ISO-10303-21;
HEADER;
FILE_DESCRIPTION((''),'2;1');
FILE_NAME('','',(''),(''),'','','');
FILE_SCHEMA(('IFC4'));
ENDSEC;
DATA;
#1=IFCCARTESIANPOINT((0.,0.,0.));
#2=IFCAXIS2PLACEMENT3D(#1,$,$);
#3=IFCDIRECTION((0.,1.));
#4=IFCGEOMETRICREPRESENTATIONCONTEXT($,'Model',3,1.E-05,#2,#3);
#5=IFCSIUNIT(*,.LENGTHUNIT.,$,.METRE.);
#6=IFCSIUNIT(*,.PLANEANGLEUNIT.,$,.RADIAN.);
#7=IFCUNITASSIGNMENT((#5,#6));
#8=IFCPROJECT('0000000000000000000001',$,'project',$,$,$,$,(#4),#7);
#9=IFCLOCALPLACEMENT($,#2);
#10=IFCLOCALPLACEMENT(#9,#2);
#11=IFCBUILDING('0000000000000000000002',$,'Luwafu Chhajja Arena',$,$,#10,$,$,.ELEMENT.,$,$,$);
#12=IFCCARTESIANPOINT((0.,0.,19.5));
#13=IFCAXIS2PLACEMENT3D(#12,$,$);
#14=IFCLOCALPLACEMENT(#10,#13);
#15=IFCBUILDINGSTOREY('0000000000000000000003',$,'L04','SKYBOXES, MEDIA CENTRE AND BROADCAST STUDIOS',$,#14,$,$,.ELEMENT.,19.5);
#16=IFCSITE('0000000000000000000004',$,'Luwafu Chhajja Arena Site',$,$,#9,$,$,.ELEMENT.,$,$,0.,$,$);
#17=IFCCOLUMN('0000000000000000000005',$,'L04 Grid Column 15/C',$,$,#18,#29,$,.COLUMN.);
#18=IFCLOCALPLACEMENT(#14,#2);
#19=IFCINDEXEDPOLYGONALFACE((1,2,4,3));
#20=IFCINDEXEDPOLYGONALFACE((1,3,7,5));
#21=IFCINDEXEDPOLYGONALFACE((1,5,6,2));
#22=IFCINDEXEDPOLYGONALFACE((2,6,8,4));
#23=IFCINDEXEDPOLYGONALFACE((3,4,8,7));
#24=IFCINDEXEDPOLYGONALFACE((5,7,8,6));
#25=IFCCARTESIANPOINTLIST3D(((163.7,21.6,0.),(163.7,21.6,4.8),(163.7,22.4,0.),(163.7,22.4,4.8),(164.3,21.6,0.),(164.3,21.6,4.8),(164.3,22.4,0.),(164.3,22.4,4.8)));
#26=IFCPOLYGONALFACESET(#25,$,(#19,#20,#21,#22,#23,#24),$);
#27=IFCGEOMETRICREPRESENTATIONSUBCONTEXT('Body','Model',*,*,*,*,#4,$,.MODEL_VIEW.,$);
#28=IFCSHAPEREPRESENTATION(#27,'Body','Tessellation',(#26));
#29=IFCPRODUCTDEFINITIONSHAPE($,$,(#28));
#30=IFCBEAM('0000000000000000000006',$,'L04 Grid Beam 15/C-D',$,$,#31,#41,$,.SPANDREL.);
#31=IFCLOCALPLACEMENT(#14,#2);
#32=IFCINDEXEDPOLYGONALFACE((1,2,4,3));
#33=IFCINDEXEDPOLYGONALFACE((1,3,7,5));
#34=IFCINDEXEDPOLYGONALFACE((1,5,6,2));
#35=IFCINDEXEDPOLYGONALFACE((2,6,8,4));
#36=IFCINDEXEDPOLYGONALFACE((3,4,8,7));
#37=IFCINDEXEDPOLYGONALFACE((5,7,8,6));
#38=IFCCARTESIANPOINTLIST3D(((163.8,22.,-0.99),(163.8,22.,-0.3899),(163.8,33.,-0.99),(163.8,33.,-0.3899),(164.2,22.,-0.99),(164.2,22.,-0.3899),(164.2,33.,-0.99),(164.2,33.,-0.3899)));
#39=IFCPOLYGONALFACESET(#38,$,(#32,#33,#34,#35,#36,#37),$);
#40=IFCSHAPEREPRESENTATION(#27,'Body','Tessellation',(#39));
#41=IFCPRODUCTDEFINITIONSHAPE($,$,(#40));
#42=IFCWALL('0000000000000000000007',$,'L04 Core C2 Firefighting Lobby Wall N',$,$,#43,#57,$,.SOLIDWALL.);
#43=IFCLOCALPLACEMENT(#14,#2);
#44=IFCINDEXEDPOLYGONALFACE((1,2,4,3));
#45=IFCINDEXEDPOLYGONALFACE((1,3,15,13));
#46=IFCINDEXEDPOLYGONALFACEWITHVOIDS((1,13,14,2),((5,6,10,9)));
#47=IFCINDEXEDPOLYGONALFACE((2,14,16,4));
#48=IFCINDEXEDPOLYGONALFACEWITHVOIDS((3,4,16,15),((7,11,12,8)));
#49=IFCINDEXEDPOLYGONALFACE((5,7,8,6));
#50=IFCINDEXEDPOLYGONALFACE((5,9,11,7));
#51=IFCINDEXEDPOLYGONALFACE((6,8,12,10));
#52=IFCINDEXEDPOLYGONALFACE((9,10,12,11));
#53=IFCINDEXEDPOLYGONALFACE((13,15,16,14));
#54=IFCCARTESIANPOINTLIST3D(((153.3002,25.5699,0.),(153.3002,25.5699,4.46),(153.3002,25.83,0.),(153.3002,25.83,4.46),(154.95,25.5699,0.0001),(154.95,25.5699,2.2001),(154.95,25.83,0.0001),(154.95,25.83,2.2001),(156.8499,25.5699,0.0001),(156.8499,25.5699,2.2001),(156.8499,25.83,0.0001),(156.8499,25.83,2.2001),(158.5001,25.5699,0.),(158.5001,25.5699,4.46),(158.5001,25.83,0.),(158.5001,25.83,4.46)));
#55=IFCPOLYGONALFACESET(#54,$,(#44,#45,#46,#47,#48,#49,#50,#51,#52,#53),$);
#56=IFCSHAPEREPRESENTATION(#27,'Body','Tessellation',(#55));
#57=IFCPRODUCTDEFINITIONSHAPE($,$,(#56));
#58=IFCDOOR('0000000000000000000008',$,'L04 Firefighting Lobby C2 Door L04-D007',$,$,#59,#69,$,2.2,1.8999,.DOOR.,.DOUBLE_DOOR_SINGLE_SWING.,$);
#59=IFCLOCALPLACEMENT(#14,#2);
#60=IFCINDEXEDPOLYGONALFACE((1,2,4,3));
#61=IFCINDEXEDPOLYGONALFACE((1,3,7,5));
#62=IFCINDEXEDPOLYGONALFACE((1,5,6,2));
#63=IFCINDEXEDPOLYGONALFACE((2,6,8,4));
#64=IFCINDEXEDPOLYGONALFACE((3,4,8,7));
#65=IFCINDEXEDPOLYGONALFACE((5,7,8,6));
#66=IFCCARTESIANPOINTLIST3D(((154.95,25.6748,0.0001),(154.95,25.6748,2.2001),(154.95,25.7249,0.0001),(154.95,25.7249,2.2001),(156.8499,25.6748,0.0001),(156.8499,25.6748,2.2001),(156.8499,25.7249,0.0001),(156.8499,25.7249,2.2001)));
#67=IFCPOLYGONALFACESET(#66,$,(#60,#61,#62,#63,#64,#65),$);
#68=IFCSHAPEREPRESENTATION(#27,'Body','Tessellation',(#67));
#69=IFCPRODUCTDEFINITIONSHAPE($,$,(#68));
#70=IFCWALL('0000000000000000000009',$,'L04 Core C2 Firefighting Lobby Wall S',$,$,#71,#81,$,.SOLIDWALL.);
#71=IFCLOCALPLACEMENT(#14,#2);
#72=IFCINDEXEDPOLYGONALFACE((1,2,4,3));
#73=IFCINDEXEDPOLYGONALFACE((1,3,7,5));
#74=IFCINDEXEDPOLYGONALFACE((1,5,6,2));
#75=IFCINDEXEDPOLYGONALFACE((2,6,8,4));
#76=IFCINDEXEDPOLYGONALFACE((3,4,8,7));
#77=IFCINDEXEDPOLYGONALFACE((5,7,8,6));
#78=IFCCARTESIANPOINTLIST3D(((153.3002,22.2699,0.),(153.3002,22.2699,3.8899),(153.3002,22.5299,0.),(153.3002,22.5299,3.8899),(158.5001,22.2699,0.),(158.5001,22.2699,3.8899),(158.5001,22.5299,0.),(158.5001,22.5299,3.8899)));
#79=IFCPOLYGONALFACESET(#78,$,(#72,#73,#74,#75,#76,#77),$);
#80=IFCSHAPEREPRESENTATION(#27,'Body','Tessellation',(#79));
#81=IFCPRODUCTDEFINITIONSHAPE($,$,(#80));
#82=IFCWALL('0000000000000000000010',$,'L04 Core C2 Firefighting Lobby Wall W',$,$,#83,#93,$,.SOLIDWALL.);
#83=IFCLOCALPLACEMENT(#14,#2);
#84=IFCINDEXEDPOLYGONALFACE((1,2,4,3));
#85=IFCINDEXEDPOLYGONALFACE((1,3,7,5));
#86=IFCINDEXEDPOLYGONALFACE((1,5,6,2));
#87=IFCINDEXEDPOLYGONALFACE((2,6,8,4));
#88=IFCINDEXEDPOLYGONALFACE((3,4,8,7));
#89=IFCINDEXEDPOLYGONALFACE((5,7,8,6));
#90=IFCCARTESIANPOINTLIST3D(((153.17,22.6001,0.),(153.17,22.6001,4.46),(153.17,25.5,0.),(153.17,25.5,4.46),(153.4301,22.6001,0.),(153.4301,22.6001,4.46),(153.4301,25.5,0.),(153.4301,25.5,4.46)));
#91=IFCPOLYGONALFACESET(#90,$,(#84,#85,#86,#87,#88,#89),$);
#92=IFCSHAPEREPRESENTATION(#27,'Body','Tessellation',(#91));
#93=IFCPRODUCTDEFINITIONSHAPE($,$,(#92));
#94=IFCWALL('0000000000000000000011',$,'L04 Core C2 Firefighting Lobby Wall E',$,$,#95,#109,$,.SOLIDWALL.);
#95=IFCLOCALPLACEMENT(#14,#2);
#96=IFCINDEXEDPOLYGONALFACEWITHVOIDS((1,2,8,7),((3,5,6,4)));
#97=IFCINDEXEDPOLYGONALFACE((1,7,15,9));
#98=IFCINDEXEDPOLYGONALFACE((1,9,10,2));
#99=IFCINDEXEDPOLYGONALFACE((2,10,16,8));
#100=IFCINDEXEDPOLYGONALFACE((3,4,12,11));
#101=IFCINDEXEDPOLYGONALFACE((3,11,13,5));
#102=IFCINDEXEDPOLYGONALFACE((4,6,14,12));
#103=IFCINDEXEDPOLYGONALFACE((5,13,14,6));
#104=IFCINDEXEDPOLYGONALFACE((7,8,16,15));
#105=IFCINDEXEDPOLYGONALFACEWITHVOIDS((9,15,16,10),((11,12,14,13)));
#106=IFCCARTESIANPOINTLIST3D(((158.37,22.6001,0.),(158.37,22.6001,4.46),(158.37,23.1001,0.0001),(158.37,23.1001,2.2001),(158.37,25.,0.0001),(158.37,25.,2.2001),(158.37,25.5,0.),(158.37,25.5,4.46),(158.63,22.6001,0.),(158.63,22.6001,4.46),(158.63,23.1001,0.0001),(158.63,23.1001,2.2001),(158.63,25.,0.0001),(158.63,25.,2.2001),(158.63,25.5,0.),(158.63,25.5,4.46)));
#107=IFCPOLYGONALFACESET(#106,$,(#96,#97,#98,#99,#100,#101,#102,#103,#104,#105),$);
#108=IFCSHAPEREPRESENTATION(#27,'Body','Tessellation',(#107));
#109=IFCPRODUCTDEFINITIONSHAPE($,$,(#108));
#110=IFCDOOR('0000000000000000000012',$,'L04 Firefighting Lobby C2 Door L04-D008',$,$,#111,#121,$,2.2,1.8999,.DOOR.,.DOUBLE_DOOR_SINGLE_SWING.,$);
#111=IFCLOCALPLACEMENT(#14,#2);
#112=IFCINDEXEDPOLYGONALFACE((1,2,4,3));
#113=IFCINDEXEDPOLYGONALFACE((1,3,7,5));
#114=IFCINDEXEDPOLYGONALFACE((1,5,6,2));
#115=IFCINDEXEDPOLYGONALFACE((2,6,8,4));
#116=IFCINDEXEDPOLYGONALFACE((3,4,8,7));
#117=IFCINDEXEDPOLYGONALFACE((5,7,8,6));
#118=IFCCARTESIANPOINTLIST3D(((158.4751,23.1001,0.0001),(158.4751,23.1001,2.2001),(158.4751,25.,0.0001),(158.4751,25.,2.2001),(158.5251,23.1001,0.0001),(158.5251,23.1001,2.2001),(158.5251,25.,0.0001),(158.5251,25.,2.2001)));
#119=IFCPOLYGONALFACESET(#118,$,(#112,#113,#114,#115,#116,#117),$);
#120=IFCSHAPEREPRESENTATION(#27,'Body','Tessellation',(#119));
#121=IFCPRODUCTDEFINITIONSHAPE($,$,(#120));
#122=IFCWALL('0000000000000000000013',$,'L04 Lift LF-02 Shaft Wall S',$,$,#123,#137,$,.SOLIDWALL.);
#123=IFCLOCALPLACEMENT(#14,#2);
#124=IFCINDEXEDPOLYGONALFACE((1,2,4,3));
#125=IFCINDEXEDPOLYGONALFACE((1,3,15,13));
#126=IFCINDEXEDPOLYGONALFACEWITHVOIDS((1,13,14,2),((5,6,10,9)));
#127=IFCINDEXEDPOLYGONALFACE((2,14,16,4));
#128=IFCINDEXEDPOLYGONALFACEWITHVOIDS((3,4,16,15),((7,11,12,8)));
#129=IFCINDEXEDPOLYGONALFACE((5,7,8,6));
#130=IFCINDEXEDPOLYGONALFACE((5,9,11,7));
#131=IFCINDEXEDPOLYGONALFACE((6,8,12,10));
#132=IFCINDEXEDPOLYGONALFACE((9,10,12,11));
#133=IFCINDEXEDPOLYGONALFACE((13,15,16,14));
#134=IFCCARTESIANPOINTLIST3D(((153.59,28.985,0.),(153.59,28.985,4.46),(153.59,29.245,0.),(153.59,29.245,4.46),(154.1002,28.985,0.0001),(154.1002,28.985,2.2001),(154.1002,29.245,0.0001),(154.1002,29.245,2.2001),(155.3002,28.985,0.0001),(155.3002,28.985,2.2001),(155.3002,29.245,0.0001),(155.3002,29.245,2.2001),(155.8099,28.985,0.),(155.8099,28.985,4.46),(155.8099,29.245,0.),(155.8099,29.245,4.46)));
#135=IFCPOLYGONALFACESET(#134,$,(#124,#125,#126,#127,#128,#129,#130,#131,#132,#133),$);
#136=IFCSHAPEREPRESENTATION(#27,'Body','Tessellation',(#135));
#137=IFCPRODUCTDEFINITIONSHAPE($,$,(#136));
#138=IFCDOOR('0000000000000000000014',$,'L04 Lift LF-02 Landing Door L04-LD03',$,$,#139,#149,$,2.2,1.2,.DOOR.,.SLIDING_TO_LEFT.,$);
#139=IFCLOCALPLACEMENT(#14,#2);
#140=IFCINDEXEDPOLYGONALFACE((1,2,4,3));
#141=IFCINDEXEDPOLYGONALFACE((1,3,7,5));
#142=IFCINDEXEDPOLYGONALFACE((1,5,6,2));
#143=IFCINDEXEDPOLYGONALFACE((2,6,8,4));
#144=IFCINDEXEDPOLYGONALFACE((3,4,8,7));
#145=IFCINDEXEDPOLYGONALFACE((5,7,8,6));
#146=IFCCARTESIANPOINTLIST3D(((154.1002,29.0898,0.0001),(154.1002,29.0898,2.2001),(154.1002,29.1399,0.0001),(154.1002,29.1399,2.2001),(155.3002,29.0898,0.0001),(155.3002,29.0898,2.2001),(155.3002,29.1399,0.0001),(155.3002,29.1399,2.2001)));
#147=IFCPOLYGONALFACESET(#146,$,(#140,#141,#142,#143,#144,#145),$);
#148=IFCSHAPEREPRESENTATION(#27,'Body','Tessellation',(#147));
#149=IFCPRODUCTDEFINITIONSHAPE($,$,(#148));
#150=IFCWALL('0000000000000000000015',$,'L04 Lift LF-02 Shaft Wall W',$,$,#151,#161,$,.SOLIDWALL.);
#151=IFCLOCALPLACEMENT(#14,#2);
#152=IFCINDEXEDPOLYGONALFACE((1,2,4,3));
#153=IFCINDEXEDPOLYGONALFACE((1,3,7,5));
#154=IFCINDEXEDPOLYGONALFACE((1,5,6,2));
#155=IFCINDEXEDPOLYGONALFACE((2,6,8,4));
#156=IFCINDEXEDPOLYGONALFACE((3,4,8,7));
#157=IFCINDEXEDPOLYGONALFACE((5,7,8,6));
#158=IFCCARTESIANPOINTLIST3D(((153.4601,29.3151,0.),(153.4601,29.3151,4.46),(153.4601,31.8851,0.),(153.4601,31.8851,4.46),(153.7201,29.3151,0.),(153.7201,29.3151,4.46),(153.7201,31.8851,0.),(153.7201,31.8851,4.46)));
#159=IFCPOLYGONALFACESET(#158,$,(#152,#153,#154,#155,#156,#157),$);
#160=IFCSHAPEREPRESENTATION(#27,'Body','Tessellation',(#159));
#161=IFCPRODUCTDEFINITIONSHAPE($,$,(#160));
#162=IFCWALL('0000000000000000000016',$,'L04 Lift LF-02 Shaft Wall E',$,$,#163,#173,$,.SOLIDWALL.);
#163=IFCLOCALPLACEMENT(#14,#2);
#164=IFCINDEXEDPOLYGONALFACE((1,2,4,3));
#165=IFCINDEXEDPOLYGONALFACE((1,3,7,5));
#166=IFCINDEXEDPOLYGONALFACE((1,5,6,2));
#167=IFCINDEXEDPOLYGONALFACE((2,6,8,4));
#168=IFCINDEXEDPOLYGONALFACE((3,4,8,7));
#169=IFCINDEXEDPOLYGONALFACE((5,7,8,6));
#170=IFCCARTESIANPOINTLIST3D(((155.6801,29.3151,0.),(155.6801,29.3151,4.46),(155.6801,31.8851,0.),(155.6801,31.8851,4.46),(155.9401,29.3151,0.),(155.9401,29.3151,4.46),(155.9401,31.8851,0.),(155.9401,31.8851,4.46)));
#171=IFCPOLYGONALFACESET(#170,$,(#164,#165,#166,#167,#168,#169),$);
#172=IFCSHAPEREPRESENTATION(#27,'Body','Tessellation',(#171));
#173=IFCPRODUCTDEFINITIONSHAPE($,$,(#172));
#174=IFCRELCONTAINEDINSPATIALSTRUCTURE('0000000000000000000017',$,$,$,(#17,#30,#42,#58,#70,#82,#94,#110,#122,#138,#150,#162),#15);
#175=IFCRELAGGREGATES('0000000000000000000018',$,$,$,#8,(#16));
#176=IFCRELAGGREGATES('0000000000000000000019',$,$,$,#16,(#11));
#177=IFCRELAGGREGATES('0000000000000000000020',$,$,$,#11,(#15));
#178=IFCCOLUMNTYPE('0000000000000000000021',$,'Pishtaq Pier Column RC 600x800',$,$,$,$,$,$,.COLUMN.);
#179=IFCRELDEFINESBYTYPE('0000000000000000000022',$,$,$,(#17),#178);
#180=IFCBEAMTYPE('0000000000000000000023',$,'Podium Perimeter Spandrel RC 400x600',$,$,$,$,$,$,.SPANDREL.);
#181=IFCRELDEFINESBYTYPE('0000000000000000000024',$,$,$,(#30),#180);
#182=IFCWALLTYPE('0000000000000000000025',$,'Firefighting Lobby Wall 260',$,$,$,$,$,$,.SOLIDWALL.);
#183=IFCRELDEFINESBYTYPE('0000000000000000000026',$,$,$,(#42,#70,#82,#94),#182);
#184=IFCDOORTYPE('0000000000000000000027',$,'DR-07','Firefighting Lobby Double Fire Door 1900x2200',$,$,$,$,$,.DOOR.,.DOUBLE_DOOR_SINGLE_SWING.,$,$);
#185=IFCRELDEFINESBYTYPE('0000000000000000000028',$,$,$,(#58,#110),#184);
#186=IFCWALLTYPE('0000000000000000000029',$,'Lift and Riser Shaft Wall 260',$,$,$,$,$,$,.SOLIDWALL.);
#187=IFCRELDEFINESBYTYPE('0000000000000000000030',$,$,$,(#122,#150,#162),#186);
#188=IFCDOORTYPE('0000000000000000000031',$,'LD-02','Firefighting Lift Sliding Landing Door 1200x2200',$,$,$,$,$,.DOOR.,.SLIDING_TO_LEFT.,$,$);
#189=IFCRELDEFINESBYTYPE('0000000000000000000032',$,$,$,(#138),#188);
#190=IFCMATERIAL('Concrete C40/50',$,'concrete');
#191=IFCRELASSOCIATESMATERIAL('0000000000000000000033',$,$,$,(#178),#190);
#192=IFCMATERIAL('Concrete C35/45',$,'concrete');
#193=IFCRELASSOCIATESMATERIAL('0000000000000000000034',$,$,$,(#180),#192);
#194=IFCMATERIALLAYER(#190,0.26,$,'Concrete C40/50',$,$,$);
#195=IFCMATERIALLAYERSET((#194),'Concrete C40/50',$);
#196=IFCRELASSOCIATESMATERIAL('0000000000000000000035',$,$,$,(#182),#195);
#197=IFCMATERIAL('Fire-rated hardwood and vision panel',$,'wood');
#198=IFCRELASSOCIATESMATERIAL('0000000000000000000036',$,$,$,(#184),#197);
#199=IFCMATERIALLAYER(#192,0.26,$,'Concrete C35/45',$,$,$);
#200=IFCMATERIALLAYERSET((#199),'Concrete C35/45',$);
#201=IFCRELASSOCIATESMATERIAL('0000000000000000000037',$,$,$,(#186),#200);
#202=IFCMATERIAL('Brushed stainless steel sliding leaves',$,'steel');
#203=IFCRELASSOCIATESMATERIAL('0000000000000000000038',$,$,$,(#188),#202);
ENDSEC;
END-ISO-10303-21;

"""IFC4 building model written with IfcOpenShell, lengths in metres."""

from ifc_helpers import new_model, si_unit, direction, frame, frame_2d, origin, origin_2d, place, context, subcontext, project, spatial, rectangle, extrude, material, layer, layer_set, material_profile, profile_set, type_object, element, fill, save


model = new_model("IFC4")

# Units and contexts
model_context = context("Model", 3, precision=1e-05, world=origin(), true_north=direction((0.0, 1.0)))
body_context = subcontext(model_context, "Body", "Model", "MODEL_VIEW")
ifc_project = project(units=[si_unit("LENGTHUNIT", "METRE"), si_unit("PLANEANGLEUNIT", "RADIAN")], contexts=[model_context])

# Site, building, storey
site_placement = place(None, origin())
site = spatial("IfcSite", under=ifc_project, at=site_placement, Name="Luwafu Chhajja Arena Site", CompositionType="ELEMENT", RefElevation=0.0)
building_placement = place(site_placement, origin())
building = spatial("IfcBuilding", under=site, at=building_placement, Name="Luwafu Chhajja Arena", CompositionType="ELEMENT")
storey_placement = place(building_placement, frame((0.0, 0.0, 19.5)))
storey = spatial("IfcBuildingStorey", under=building, at=storey_placement, Name="L04", Description="SKYBOXES, MEDIA CENTRE AND BROADCAST STUDIOS", CompositionType="ELEMENT", Elevation=19.5)

# Column
ifc_material_1 = material(Name="Concrete C40/50", Category="concrete")
ifc_material_profile_1 = material_profile(ifc_material_1, rectangle(XDim=0.6001, YDim=0.8, at=origin_2d()), Name="RC 600x800")
ifc_profile_set_1 = profile_set([ifc_material_profile_1], Name="Concrete C40/50")
column_type = type_object("IfcColumnType", Name="Pishtaq Pier Column RC 600x800", PredefinedType="COLUMN", material=ifc_profile_set_1)
column_placement = place(storey_placement, frame((164.0, 22.0, 0.0), z_axis=(0.0, 0.0, 1.0), x_axis=(1.0, 0.0, 0.0)))
element("IfcColumn", 1, at=column_placement, inside=storey, type_object=column_type, Name="L04 Grid Column 15/C", PredefinedType="COLUMN", context=body_context, shape_type="SweptSolid", body=[
    extrude(rectangle(XDim=0.6001, YDim=0.8, at=origin_2d()), origin(), (0.0, 0.0, 1.0), 4.8),
])

# Beam
ifc_material_2 = material(Name="Concrete C35/45", Category="concrete")
ifc_material_profile_2 = material_profile(ifc_material_2, rectangle(XDim=0.3999, YDim=0.6001, at=origin_2d()), Name="RC 400x600")
ifc_profile_set_2 = profile_set([ifc_material_profile_2], Name="Concrete C35/45")
beam_type = type_object("IfcBeamType", Name="Podium Perimeter Spandrel RC 400x600", PredefinedType="SPANDREL", material=ifc_profile_set_2)
beam_placement = place(storey_placement, frame((164.0, 22.0, -0.6899), z_axis=(0.0, 1.0, 0.0), x_axis=(-1.0, 0.0, 0.0)))
element("IfcBeam", 2, at=beam_placement, inside=storey, type_object=beam_type, Name="L04 Grid Beam 15/C-D", PredefinedType="SPANDREL", context=body_context, shape_type="SweptSolid", body=[
    extrude(rectangle(XDim=0.3999, YDim=0.6001, at=origin_2d()), origin(), (0.0, 0.0, 1.0), 11.0),
])

# Wall, opening, door
ifc_layer_1 = layer(ifc_material_1, 0.26, Name="Concrete C40/50")
ifc_layer_set_1 = layer_set([ifc_layer_1], Name="Concrete C40/50")
wall_type_1 = type_object("IfcWallType", Name="Firefighting Lobby Wall 260", PredefinedType="SOLIDWALL", material=ifc_layer_set_1)
wall_1_placement = place(storey_placement, frame((153.3, 25.7, 0.0), z_axis=(0.0, 0.0, 1.0), x_axis=(1.0, 0.0, 0.0)))
wall_1 = element("IfcWall", 3, at=wall_1_placement, inside=storey, type_object=wall_type_1, Name="L04 Core C2 Firefighting Lobby Wall N", PredefinedType="SOLIDWALL", context=body_context, shape_type="SweptSolid", body=[
    extrude(rectangle(XDim=5.2, YDim=0.26, at=frame_2d((2.6001, 0.0))), origin(), (0.0, 0.0, 1.0), 4.46),
])
opening_1_placement = place(wall_1_placement, frame((1.6499, 0.0, 0.0)))
opening_1 = element("IfcOpeningElement", 4, at=opening_1_placement, cuts=wall_1, PredefinedType="OPENING", context=body_context, shape_type="SweptSolid", body=[
    extrude(rectangle(XDim=1.8999, YDim=2.2, at=frame_2d((0.95, 1.1001))), frame((0.0, 0.1399, 0.0), z_axis=(0.0, -1.0, 0.0), x_axis=(1.0, 0.0, 0.0)), (0.0, 0.0, 1.0), 0.28),
])
ifc_material_3 = material(Name="Fire-rated hardwood and vision panel", Category="wood")
door_type_1 = type_object("IfcDoorType", Name="DR-07", Description="Firefighting Lobby Double Fire Door 1900x2200", OperationType="DOUBLE_DOOR_SINGLE_SWING", PredefinedType="DOOR", material=ifc_material_3)
door_1_placement = place(opening_1_placement, origin())
door_1 = element("IfcDoor", 5, at=door_1_placement, inside=storey, type_object=door_type_1, Name="L04 Firefighting Lobby C2 Door L04-D007", OperationType="DOUBLE_DOOR_SINGLE_SWING", OverallHeight=2.2, OverallWidth=1.8999, PredefinedType="DOOR", context=body_context, shape_type="SweptSolid", body=[
    extrude(rectangle(XDim=1.8999, YDim=2.2, at=frame_2d((0.95, 1.1001))), frame((0.0, 0.0249, 0.0), z_axis=(0.0, -1.0, 0.0), x_axis=(1.0, 0.0, 0.0)), (0.0, 0.0, 1.0), 0.05),
])
fill(opening_1, door_1)

# Walls
wall_2_placement = place(storey_placement, frame((153.3, 22.3999, 0.0), z_axis=(0.0, 0.0, 1.0), x_axis=(1.0, 0.0, 0.0)))
element("IfcWall", 6, at=wall_2_placement, inside=storey, type_object=wall_type_1, Name="L04 Core C2 Firefighting Lobby Wall S", PredefinedType="SOLIDWALL", context=body_context, shape_type="SweptSolid", body=[
    extrude(rectangle(XDim=5.2, YDim=0.26, at=frame_2d((2.6001, 0.0))), origin(), (0.0, 0.0, 1.0), 3.8899),
])
wall_3_placement = place(storey_placement, frame((153.3, 22.6001, 0.0), z_axis=(0.0, 0.0, 1.0), x_axis=(0.0, 1.0, 0.0)))
element("IfcWall", 7, at=wall_3_placement, inside=storey, type_object=wall_type_1, Name="L04 Core C2 Firefighting Lobby Wall W", PredefinedType="SOLIDWALL", context=body_context, shape_type="SweptSolid", body=[
    extrude(rectangle(XDim=2.8999, YDim=0.26, at=frame_2d((1.45, 0.0))), origin(), (0.0, 0.0, 1.0), 4.46),
])

# Walls, openings, doors
wall_4_placement = place(storey_placement, frame((158.5, 22.6001, 0.0), z_axis=(0.0, 0.0, 1.0), x_axis=(0.0, 1.0, 0.0)))
wall_4 = element("IfcWall", 8, at=wall_4_placement, inside=storey, type_object=wall_type_1, Name="L04 Core C2 Firefighting Lobby Wall E", PredefinedType="SOLIDWALL", context=body_context, shape_type="SweptSolid", body=[
    extrude(rectangle(XDim=2.8999, YDim=0.26, at=frame_2d((1.45, 0.0))), origin(), (0.0, 0.0, 1.0), 4.46),
])
opening_2_placement = place(wall_4_placement, frame((0.5, 0.0, 0.0)))
opening_2 = element("IfcOpeningElement", 9, at=opening_2_placement, cuts=wall_4, PredefinedType="OPENING", context=body_context, shape_type="SweptSolid", body=[
    extrude(rectangle(XDim=1.8999, YDim=2.2, at=frame_2d((0.95, 1.1001))), frame((0.0, 0.1399, 0.0), z_axis=(0.0, -1.0, 0.0), x_axis=(1.0, 0.0, 0.0)), (0.0, 0.0, 1.0), 0.28),
])
door_2_placement = place(opening_2_placement, origin())
door_2 = element("IfcDoor", 10, at=door_2_placement, inside=storey, type_object=door_type_1, Name="L04 Firefighting Lobby C2 Door L04-D008", OperationType="DOUBLE_DOOR_SINGLE_SWING", OverallHeight=2.2, OverallWidth=1.8999, PredefinedType="DOOR", context=body_context, shape_type="SweptSolid", body=[
    extrude(rectangle(XDim=1.8999, YDim=2.2, at=frame_2d((0.95, 1.1001))), frame((0.0, 0.0249, 0.0), z_axis=(0.0, -1.0, 0.0), x_axis=(1.0, 0.0, 0.0)), (0.0, 0.0, 1.0), 0.05),
])
fill(opening_2, door_2)
ifc_layer_2 = layer(ifc_material_2, 0.26, Name="Concrete C35/45")
ifc_layer_set_2 = layer_set([ifc_layer_2], Name="Concrete C35/45")
wall_type_2 = type_object("IfcWallType", Name="Lift and Riser Shaft Wall 260", PredefinedType="SOLIDWALL", material=ifc_layer_set_2)
wall_5_placement = place(storey_placement, frame((153.5901, 29.115, 0.0), z_axis=(0.0, 0.0, 1.0), x_axis=(1.0, 0.0, 0.0)))
wall_5 = element("IfcWall", 11, at=wall_5_placement, inside=storey, type_object=wall_type_2, Name="L04 Lift LF-02 Shaft Wall S", PredefinedType="SOLIDWALL", context=body_context, shape_type="SweptSolid", body=[
    extrude(rectangle(XDim=2.22, YDim=0.26, at=frame_2d((1.1099, 0.0))), origin(), (0.0, 0.0, 1.0), 4.46),
])
opening_3_placement = place(wall_5_placement, frame((0.51, 0.0, 0.0)))
opening_3 = element("IfcOpeningElement", 12, at=opening_3_placement, cuts=wall_5, PredefinedType="OPENING", context=body_context, shape_type="SweptSolid", body=[
    extrude(rectangle(XDim=1.2, YDim=2.2, at=frame_2d((0.6001, 1.1001))), frame((0.0, 0.1399, 0.0), z_axis=(0.0, -1.0, 0.0), x_axis=(1.0, 0.0, 0.0)), (0.0, 0.0, 1.0), 0.28),
])
ifc_material_4 = material(Name="Brushed stainless steel sliding leaves", Category="steel")
door_type_2 = type_object("IfcDoorType", Name="LD-02", Description="Firefighting Lift Sliding Landing Door 1200x2200", OperationType="SLIDING_TO_LEFT", PredefinedType="DOOR", material=ifc_material_4)
door_3_placement = place(opening_3_placement, origin())
door_3 = element("IfcDoor", 13, at=door_3_placement, inside=storey, type_object=door_type_2, Name="L04 Lift LF-02 Landing Door L04-LD03", OperationType="SLIDING_TO_LEFT", OverallHeight=2.2, OverallWidth=1.2, PredefinedType="DOOR", context=body_context, shape_type="SweptSolid", body=[
    extrude(rectangle(XDim=1.2, YDim=2.2, at=frame_2d((0.6001, 1.1001))), frame((0.0, 0.0249, 0.0), z_axis=(0.0, -1.0, 0.0), x_axis=(1.0, 0.0, 0.0)), (0.0, 0.0, 1.0), 0.05),
])
fill(opening_3, door_3)

# Walls
for number, where, z_axis, x_axis, name in (
    (14, (153.5901, 29.3149, 0.0), (0.0, 0.0, 1.0), (0.0, 1.0, 0.0), "L04 Lift LF-02 Shaft Wall W"),
    (15, (155.8101, 29.3149, 0.0), (0.0, 0.0, 1.0), (0.0, 1.0, 0.0), "L04 Lift LF-02 Shaft Wall E"),
):
    element("IfcWall", number, at=place(storey_placement, frame(where, z_axis=z_axis, x_axis=x_axis)), inside=storey, type_object=wall_type_2, Name=name, PredefinedType="SOLIDWALL", context=body_context, shape_type="SweptSolid", body=[
        extrude(rectangle(XDim=2.5701, YDim=0.26, at=frame_2d((1.2852, 0.0))), origin(), (0.0, 0.0, 1.0), 4.46),
    ])

save(model, "model.ifc")
